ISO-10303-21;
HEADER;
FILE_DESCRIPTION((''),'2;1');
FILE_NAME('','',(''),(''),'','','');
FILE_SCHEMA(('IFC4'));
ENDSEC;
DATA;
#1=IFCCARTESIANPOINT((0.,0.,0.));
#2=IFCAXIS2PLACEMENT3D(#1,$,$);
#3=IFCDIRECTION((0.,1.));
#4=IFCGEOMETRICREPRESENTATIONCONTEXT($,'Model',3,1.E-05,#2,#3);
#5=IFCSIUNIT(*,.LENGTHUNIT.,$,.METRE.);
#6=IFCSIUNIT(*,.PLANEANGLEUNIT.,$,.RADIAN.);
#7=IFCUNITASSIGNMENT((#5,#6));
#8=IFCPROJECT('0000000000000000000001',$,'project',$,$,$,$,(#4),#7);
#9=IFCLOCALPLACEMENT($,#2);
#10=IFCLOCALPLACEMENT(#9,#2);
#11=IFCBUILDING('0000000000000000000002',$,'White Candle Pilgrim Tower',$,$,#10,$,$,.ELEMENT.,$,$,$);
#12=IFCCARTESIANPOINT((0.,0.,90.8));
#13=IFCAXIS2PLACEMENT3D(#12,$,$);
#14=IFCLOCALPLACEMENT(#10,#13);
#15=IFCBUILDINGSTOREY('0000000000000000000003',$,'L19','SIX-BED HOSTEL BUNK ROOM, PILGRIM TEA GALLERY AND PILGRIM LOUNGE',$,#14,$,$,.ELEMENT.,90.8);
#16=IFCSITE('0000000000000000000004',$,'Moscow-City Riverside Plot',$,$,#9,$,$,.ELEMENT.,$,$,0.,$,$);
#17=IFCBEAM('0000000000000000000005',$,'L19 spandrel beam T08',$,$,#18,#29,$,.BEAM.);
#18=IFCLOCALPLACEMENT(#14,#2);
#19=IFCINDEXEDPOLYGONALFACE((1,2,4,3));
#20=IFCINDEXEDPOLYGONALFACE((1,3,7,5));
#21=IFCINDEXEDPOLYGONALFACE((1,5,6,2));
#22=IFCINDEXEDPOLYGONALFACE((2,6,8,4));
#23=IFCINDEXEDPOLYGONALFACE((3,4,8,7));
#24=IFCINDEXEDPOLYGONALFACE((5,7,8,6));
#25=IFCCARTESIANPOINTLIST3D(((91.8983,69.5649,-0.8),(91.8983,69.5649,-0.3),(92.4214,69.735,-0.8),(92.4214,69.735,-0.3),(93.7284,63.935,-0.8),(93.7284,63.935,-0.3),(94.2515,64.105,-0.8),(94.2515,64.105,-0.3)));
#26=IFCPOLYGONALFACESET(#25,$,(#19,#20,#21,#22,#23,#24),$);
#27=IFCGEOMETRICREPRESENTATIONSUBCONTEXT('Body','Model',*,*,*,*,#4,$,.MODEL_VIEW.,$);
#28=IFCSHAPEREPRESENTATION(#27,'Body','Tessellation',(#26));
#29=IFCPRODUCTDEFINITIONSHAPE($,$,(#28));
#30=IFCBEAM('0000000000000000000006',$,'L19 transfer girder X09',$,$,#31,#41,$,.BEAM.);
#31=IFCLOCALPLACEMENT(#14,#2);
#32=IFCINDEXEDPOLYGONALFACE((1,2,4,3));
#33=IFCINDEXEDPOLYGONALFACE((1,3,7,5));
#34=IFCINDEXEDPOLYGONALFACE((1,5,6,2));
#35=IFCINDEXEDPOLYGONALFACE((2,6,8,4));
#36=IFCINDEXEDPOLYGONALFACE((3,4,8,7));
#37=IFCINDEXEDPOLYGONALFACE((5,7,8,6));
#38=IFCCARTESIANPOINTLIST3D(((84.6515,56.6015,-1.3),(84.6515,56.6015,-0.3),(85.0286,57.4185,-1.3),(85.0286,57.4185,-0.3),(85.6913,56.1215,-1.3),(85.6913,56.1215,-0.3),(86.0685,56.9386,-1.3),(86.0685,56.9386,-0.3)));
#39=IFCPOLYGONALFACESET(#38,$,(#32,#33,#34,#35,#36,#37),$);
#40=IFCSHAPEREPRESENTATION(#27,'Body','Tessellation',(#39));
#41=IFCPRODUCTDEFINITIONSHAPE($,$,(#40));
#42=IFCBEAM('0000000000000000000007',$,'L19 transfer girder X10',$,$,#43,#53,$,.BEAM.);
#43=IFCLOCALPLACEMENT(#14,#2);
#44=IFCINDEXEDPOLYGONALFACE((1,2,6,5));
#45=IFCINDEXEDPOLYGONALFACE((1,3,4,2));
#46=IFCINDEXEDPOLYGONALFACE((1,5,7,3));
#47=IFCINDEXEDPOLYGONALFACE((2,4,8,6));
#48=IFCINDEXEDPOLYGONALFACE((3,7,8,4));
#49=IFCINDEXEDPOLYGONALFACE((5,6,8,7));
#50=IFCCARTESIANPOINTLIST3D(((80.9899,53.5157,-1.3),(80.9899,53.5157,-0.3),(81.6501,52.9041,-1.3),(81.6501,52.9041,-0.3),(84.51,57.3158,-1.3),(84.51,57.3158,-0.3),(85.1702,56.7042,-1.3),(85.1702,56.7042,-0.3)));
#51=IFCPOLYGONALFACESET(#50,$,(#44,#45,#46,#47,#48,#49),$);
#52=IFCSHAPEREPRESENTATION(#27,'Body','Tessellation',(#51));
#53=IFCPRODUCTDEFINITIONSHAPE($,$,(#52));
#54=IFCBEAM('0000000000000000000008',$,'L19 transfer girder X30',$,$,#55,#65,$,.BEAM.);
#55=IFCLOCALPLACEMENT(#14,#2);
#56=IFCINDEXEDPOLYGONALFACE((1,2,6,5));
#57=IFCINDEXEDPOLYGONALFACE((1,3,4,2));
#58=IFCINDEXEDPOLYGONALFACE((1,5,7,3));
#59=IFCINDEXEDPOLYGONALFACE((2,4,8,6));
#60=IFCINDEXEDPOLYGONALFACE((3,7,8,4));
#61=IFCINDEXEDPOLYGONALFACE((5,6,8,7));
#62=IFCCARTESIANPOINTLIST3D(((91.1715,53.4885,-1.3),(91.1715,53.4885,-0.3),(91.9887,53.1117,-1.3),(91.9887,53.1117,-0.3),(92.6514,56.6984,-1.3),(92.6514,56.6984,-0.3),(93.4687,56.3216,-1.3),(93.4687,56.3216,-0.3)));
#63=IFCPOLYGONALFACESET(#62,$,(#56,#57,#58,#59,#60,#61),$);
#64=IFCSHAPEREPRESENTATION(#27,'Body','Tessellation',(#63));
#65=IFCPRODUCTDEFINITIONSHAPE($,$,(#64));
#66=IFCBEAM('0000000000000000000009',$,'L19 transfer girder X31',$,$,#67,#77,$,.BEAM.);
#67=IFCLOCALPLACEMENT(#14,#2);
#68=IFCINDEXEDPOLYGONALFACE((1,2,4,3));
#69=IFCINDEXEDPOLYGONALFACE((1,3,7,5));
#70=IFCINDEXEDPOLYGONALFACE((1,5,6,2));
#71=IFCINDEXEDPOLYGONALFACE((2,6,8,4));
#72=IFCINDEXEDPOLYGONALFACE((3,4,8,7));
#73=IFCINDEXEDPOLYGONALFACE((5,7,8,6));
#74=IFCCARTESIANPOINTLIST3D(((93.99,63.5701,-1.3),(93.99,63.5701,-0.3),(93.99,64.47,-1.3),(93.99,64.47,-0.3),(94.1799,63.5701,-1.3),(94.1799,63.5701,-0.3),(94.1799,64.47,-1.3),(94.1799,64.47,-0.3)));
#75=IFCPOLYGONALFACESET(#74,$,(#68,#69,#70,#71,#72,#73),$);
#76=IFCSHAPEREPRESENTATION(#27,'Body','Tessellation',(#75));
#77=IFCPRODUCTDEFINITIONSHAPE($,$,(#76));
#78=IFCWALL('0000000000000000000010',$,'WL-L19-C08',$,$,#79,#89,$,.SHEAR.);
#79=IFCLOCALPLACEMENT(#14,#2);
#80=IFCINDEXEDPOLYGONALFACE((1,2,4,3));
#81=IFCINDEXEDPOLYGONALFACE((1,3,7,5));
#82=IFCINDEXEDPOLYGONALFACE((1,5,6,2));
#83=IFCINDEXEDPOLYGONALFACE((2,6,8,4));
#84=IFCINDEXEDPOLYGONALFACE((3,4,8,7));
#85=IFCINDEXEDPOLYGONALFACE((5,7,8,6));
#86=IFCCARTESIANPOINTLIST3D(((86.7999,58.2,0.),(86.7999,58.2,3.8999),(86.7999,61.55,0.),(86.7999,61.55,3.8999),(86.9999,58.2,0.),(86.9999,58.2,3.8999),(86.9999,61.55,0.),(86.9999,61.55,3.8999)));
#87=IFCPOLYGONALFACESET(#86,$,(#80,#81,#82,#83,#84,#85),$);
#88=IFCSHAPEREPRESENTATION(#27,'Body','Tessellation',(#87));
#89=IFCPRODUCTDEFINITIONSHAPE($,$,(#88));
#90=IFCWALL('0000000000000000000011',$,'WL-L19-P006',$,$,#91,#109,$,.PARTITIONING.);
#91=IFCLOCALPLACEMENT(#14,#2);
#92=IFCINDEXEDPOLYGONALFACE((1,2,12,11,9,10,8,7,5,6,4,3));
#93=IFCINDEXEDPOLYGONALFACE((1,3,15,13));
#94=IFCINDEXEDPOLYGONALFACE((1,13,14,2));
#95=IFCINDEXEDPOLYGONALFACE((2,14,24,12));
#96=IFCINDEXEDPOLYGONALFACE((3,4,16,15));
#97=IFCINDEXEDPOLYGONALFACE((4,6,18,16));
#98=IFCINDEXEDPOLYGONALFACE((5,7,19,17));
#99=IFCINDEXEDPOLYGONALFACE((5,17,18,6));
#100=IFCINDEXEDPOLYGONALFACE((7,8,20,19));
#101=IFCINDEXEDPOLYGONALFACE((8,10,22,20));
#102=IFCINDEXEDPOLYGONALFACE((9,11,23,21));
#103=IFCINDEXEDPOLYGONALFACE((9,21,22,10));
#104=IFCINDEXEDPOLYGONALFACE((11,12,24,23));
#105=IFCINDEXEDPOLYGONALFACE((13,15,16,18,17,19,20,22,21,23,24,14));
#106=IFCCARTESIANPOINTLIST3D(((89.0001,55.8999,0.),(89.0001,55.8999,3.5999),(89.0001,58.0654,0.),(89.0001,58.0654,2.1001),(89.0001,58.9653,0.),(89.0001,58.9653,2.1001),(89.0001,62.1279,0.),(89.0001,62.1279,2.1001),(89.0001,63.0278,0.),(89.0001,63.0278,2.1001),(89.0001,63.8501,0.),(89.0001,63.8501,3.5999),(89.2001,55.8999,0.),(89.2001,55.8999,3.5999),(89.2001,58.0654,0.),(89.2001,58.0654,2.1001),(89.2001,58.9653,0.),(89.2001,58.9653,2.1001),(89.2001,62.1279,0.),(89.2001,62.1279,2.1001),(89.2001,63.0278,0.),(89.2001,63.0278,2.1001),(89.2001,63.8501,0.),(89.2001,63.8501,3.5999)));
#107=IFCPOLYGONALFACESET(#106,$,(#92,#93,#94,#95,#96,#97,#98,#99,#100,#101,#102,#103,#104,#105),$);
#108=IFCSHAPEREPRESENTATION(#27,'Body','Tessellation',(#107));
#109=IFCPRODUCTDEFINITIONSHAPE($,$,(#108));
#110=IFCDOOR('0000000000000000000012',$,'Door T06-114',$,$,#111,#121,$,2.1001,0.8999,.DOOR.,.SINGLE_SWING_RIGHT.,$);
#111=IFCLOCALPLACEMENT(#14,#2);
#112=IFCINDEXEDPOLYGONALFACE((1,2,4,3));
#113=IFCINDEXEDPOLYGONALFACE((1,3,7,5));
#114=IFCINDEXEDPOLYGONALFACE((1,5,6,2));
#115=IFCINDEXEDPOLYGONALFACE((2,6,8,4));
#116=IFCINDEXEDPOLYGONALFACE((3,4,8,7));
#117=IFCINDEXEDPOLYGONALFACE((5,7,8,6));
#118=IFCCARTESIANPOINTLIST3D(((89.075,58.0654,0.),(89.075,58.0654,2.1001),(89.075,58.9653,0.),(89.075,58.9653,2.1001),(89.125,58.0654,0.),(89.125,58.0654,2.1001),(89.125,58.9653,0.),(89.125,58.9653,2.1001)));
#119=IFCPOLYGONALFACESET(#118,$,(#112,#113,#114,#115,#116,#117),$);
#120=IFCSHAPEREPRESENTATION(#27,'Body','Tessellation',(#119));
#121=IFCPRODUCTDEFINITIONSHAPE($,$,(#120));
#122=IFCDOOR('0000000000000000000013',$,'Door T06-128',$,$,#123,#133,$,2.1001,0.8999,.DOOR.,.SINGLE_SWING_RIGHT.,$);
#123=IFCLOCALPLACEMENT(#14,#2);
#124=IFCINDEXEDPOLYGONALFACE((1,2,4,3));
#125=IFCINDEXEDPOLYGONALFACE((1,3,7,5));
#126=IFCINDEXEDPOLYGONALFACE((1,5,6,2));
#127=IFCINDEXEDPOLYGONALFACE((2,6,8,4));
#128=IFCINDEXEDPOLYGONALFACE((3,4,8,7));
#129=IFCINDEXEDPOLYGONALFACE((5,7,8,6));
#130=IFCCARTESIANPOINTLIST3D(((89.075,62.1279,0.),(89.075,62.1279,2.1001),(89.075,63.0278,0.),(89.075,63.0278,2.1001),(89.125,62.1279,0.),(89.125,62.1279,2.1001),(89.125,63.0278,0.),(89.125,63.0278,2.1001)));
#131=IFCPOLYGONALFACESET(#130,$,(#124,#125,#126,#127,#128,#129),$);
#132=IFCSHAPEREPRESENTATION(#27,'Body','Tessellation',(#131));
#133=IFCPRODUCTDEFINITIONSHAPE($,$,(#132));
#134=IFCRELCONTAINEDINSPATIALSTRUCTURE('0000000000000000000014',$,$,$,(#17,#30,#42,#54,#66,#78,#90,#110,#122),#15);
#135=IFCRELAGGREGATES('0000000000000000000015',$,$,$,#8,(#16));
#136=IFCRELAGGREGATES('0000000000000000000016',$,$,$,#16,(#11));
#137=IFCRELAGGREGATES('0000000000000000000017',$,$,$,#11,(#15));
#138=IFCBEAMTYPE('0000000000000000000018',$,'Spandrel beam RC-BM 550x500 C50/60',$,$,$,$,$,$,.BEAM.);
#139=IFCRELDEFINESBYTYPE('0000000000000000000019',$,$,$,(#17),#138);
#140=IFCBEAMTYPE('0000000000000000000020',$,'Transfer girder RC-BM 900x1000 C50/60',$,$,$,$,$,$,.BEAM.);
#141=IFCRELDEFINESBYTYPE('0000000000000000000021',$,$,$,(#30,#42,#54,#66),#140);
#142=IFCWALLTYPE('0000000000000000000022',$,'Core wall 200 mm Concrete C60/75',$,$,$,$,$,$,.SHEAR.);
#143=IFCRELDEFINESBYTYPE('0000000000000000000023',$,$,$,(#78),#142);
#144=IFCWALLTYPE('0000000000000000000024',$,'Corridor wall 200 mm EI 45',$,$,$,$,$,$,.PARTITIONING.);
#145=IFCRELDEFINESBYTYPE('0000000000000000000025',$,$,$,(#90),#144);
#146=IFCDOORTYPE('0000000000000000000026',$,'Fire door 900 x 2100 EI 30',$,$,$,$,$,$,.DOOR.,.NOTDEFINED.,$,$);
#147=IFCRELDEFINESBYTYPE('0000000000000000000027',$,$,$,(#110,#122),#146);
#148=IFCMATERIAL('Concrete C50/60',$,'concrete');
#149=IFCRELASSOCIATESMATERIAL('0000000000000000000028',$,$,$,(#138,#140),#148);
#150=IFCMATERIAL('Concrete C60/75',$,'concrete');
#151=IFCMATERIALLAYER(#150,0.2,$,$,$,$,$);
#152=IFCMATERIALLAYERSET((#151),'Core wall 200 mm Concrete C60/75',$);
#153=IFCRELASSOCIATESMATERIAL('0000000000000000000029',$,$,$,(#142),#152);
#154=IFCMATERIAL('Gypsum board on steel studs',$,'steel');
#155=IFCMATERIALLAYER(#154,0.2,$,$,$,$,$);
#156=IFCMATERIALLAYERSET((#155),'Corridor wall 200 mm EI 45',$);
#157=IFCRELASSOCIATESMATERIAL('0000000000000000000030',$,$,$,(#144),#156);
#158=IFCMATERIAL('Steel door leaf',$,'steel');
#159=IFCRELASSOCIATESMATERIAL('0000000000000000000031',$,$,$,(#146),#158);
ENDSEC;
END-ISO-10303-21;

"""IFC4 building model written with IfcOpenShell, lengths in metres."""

from ifc_helpers import new_model, si_unit, direction, frame, frame_2d, origin, origin_2d, place, context, subcontext, project, spatial, rectangle, extrude, material, layer, layer_set, material_profile, profile_set, type_object, element, fill, save


model = new_model("IFC4")

# Units and contexts
model_context = context("Model", 3, precision=1e-05, world=origin(), true_north=direction((0.0, 1.0)))
body_context = subcontext(model_context, "Body", "Model", "MODEL_VIEW")
ifc_project = project(units=[si_unit("LENGTHUNIT", "METRE"), si_unit("PLANEANGLEUNIT", "RADIAN")], contexts=[model_context])

# Site, building, storey
site_placement = place(None, origin())
site = spatial("IfcSite", under=ifc_project, at=site_placement, Name="Moscow-City Riverside Plot", CompositionType="ELEMENT", RefElevation=0.0)
building_placement = place(site_placement, origin())
building = spatial("IfcBuilding", under=site, at=building_placement, Name="White Candle Pilgrim Tower", CompositionType="ELEMENT")
storey_placement = place(building_placement, frame((0.0, 0.0, 90.8)))
storey = spatial("IfcBuildingStorey", under=building, at=storey_placement, Name="L19", Description="SIX-BED HOSTEL BUNK ROOM, PILGRIM TEA GALLERY AND PILGRIM LOUNGE", CompositionType="ELEMENT", Elevation=90.8)

# Beams
ifc_material_1 = material(Name="Concrete C50/60", Category="concrete")
ifc_material_profile_1 = material_profile(ifc_material_1, rectangle(XDim=0.55, YDim=0.5, at=origin_2d()), Name="RC-BM 550x500")
ifc_profile_set_1 = profile_set([ifc_material_profile_1], Name="Concrete C50/60")
beam_type_1 = type_object("IfcBeamType", Name="Spandrel beam RC-BM 550x500 C50/60", PredefinedType="BEAM", material=ifc_profile_set_1)
beam_1_placement = place(storey_placement, frame((93.99, 64.02, -0.55), z_axis=(-0.309142, 0.951016, 0.0), x_axis=(-0.951016, -0.309142, 0.0)))
element("IfcBeam", 1, at=beam_1_placement, inside=storey, type_object=beam_type_1, Name="L19 spandrel beam T08", PredefinedType="BEAM", context=body_context, shape_type="SweptSolid", body=[
    extrude(rectangle(XDim=0.55, YDim=0.5, at=origin_2d()), origin(), (0.0, 0.0, 1.0), 5.9199),
])
ifc_material_profile_2 = material_profile(ifc_material_1, rectangle(XDim=0.8999, YDim=1.0, at=origin_2d()), Name="RC-BM 900x1000")
ifc_profile_set_2 = profile_set([ifc_material_profile_2], Name="Concrete C50/60")
beam_type_2 = type_object("IfcBeamType", Name="Transfer girder RC-BM 900x1000 C50/60", PredefinedType="BEAM", material=ifc_profile_set_2)
beam_2_placement = place(storey_placement, frame((85.8799, 56.53, -0.8), z_axis=(-0.907934, 0.419112, 0.0), x_axis=(-0.419112, -0.907934, 0.0)))
element("IfcBeam", 2, at=beam_2_placement, inside=storey, type_object=beam_type_2, Name="L19 transfer girder X09", PredefinedType="BEAM", context=body_context, shape_type="SweptSolid", body=[
    extrude(rectangle(XDim=0.8999, YDim=1.0, at=origin_2d()), origin(), (0.0, 0.0, 1.0), 1.1453),
])
beam_3_placement = place(storey_placement, frame((84.8401, 57.01, -0.8), z_axis=(-0.679559, -0.733621, 0.0), x_axis=(0.733621, -0.679559, 0.0)))
element("IfcBeam", 3, at=beam_3_placement, inside=storey, type_object=beam_type_2, Name="L19 transfer girder X10", PredefinedType="BEAM", context=body_context, shape_type="SweptSolid", body=[
    extrude(rectangle(XDim=0.8999, YDim=1.0, at=origin_2d()), origin(), (0.0, 0.0, 1.0), 5.1799),
])
beam_4_placement = place(storey_placement, frame((93.0601, 56.51, -0.8), z_axis=(-0.418699, -0.908125, 0.0), x_axis=(0.908125, -0.418699, 0.0)))
element("IfcBeam", 4, at=beam_4_placement, inside=storey, type_object=beam_type_2, Name="L19 transfer girder X30", PredefinedType="BEAM", context=body_context, shape_type="SweptSolid", body=[
    extrude(rectangle(XDim=0.8999, YDim=1.0, at=origin_2d()), origin(), (0.0, 0.0, 1.0), 3.5347),
])
beam_5_placement = place(storey_placement, frame((94.1799, 64.02, -0.8), z_axis=(-1.0, 0.0, 0.0), x_axis=(0.0, -1.0, 0.0)))
element("IfcBeam", 5, at=beam_5_placement, inside=storey, type_object=beam_type_2, Name="L19 transfer girder X31", PredefinedType="BEAM", context=body_context, shape_type="SweptSolid", body=[
    extrude(rectangle(XDim=0.8999, YDim=1.0, at=origin_2d()), origin(), (0.0, 0.0, 1.0), 0.1899),
])

# Wall
ifc_material_2 = material(Name="Concrete C60/75", Category="concrete")
ifc_layer_1 = layer(ifc_material_2, 0.2)
ifc_layer_set_1 = layer_set([ifc_layer_1], Name="Core wall 200 mm Concrete C60/75")
wall_type_1 = type_object("IfcWallType", Name="Core wall 200 mm Concrete C60/75", PredefinedType="SHEAR", material=ifc_layer_set_1)
wall_1_placement = place(storey_placement, frame((86.8999, 58.2, 0.0), z_axis=(0.0, 0.0, 1.0), x_axis=(0.0, 1.0, 0.0)))
element("IfcWall", 6, at=wall_1_placement, inside=storey, type_object=wall_type_1, Name="WL-L19-C08", PredefinedType="SHEAR", context=body_context, shape_type="SweptSolid", body=[
    extrude(rectangle(XDim=3.3501, YDim=0.2, at=frame_2d((1.675, 0.0))), origin(), (0.0, 0.0, 1.0), 3.8999),
])

# Wall, openings, doors
ifc_material_3 = material(Name="Gypsum board on steel studs", Category="steel")
ifc_layer_2 = layer(ifc_material_3, 0.2)
ifc_layer_set_2 = layer_set([ifc_layer_2], Name="Corridor wall 200 mm EI 45")
wall_type_2 = type_object("IfcWallType", Name="Corridor wall 200 mm EI 45", PredefinedType="PARTITIONING", material=ifc_layer_set_2)
wall_2_placement = place(storey_placement, frame((89.1001, 63.8501, 0.0), z_axis=(0.0, 0.0, 1.0), x_axis=(0.0, -1.0, 0.0)))
wall_2 = element("IfcWall", 7, at=wall_2_placement, inside=storey, type_object=wall_type_2, Name="WL-L19-P006", PredefinedType="PARTITIONING", context=body_context, shape_type="SweptSolid", body=[
    extrude(rectangle(XDim=7.9502, YDim=0.2, at=frame_2d((3.9751, 0.0))), origin(), (0.0, 0.0, 1.0), 3.5999),
])
opening_1_placement = place(wall_2_placement, frame((4.8848, 0.0, 0.0)))
opening_1 = element("IfcOpeningElement", 8, at=opening_1_placement, cuts=wall_2, PredefinedType="OPENING", context=body_context, shape_type="SweptSolid", body=[
    extrude(rectangle(XDim=0.8999, YDim=2.1001, at=frame_2d((0.45, 1.05))), frame((0.0, 0.1099, 0.0), z_axis=(0.0, -1.0, 0.0), x_axis=(1.0, 0.0, 0.0)), (0.0, 0.0, 1.0), 0.22),
])
opening_2_placement = place(wall_2_placement, frame((0.8223, 0.0, 0.0)))
opening_2 = element("IfcOpeningElement", 9, at=opening_2_placement, cuts=wall_2, PredefinedType="OPENING", context=body_context, shape_type="SweptSolid", body=[
    extrude(rectangle(XDim=0.8999, YDim=2.1001, at=frame_2d((0.45, 1.05))), frame((0.0, 0.1099, 0.0), z_axis=(0.0, -1.0, 0.0), x_axis=(1.0, 0.0, 0.0)), (0.0, 0.0, 1.0), 0.22),
])
ifc_material_4 = material(Name="Steel door leaf", Category="steel")
door_type_1 = type_object("IfcDoorType", Name="Fire door 900 x 2100 EI 30", OperationType="NOTDEFINED", PredefinedType="DOOR", material=ifc_material_4)
door_1_placement = place(opening_1_placement, origin())
door_1 = element("IfcDoor", 10, at=door_1_placement, inside=storey, type_object=door_type_1, Name="Door T06-114", OperationType="SINGLE_SWING_RIGHT", OverallHeight=2.1001, OverallWidth=0.8999, PredefinedType="DOOR", context=body_context, shape_type="SweptSolid", body=[
    extrude(rectangle(XDim=0.8999, YDim=2.1001, at=frame_2d((0.45, 1.05))), frame((0.0, 0.0249, 0.0), z_axis=(0.0, -1.0, 0.0), x_axis=(1.0, 0.0, 0.0)), (0.0, 0.0, 1.0), 0.05),
])
fill(opening_1, door_1)
door_2_placement = place(opening_2_placement, origin())
door_2 = element("IfcDoor", 11, at=door_2_placement, inside=storey, type_object=door_type_1, Name="Door T06-128", OperationType="SINGLE_SWING_RIGHT", OverallHeight=2.1001, OverallWidth=0.8999, PredefinedType="DOOR", context=body_context, shape_type="SweptSolid", body=[
    extrude(rectangle(XDim=0.8999, YDim=2.1001, at=frame_2d((0.45, 1.05))), frame((0.0, 0.0249, 0.0), z_axis=(0.0, -1.0, 0.0), x_axis=(1.0, 0.0, 0.0)), (0.0, 0.0, 1.0), 0.05),
])
fill(opening_2, door_2)

save(model, "model.ifc")
